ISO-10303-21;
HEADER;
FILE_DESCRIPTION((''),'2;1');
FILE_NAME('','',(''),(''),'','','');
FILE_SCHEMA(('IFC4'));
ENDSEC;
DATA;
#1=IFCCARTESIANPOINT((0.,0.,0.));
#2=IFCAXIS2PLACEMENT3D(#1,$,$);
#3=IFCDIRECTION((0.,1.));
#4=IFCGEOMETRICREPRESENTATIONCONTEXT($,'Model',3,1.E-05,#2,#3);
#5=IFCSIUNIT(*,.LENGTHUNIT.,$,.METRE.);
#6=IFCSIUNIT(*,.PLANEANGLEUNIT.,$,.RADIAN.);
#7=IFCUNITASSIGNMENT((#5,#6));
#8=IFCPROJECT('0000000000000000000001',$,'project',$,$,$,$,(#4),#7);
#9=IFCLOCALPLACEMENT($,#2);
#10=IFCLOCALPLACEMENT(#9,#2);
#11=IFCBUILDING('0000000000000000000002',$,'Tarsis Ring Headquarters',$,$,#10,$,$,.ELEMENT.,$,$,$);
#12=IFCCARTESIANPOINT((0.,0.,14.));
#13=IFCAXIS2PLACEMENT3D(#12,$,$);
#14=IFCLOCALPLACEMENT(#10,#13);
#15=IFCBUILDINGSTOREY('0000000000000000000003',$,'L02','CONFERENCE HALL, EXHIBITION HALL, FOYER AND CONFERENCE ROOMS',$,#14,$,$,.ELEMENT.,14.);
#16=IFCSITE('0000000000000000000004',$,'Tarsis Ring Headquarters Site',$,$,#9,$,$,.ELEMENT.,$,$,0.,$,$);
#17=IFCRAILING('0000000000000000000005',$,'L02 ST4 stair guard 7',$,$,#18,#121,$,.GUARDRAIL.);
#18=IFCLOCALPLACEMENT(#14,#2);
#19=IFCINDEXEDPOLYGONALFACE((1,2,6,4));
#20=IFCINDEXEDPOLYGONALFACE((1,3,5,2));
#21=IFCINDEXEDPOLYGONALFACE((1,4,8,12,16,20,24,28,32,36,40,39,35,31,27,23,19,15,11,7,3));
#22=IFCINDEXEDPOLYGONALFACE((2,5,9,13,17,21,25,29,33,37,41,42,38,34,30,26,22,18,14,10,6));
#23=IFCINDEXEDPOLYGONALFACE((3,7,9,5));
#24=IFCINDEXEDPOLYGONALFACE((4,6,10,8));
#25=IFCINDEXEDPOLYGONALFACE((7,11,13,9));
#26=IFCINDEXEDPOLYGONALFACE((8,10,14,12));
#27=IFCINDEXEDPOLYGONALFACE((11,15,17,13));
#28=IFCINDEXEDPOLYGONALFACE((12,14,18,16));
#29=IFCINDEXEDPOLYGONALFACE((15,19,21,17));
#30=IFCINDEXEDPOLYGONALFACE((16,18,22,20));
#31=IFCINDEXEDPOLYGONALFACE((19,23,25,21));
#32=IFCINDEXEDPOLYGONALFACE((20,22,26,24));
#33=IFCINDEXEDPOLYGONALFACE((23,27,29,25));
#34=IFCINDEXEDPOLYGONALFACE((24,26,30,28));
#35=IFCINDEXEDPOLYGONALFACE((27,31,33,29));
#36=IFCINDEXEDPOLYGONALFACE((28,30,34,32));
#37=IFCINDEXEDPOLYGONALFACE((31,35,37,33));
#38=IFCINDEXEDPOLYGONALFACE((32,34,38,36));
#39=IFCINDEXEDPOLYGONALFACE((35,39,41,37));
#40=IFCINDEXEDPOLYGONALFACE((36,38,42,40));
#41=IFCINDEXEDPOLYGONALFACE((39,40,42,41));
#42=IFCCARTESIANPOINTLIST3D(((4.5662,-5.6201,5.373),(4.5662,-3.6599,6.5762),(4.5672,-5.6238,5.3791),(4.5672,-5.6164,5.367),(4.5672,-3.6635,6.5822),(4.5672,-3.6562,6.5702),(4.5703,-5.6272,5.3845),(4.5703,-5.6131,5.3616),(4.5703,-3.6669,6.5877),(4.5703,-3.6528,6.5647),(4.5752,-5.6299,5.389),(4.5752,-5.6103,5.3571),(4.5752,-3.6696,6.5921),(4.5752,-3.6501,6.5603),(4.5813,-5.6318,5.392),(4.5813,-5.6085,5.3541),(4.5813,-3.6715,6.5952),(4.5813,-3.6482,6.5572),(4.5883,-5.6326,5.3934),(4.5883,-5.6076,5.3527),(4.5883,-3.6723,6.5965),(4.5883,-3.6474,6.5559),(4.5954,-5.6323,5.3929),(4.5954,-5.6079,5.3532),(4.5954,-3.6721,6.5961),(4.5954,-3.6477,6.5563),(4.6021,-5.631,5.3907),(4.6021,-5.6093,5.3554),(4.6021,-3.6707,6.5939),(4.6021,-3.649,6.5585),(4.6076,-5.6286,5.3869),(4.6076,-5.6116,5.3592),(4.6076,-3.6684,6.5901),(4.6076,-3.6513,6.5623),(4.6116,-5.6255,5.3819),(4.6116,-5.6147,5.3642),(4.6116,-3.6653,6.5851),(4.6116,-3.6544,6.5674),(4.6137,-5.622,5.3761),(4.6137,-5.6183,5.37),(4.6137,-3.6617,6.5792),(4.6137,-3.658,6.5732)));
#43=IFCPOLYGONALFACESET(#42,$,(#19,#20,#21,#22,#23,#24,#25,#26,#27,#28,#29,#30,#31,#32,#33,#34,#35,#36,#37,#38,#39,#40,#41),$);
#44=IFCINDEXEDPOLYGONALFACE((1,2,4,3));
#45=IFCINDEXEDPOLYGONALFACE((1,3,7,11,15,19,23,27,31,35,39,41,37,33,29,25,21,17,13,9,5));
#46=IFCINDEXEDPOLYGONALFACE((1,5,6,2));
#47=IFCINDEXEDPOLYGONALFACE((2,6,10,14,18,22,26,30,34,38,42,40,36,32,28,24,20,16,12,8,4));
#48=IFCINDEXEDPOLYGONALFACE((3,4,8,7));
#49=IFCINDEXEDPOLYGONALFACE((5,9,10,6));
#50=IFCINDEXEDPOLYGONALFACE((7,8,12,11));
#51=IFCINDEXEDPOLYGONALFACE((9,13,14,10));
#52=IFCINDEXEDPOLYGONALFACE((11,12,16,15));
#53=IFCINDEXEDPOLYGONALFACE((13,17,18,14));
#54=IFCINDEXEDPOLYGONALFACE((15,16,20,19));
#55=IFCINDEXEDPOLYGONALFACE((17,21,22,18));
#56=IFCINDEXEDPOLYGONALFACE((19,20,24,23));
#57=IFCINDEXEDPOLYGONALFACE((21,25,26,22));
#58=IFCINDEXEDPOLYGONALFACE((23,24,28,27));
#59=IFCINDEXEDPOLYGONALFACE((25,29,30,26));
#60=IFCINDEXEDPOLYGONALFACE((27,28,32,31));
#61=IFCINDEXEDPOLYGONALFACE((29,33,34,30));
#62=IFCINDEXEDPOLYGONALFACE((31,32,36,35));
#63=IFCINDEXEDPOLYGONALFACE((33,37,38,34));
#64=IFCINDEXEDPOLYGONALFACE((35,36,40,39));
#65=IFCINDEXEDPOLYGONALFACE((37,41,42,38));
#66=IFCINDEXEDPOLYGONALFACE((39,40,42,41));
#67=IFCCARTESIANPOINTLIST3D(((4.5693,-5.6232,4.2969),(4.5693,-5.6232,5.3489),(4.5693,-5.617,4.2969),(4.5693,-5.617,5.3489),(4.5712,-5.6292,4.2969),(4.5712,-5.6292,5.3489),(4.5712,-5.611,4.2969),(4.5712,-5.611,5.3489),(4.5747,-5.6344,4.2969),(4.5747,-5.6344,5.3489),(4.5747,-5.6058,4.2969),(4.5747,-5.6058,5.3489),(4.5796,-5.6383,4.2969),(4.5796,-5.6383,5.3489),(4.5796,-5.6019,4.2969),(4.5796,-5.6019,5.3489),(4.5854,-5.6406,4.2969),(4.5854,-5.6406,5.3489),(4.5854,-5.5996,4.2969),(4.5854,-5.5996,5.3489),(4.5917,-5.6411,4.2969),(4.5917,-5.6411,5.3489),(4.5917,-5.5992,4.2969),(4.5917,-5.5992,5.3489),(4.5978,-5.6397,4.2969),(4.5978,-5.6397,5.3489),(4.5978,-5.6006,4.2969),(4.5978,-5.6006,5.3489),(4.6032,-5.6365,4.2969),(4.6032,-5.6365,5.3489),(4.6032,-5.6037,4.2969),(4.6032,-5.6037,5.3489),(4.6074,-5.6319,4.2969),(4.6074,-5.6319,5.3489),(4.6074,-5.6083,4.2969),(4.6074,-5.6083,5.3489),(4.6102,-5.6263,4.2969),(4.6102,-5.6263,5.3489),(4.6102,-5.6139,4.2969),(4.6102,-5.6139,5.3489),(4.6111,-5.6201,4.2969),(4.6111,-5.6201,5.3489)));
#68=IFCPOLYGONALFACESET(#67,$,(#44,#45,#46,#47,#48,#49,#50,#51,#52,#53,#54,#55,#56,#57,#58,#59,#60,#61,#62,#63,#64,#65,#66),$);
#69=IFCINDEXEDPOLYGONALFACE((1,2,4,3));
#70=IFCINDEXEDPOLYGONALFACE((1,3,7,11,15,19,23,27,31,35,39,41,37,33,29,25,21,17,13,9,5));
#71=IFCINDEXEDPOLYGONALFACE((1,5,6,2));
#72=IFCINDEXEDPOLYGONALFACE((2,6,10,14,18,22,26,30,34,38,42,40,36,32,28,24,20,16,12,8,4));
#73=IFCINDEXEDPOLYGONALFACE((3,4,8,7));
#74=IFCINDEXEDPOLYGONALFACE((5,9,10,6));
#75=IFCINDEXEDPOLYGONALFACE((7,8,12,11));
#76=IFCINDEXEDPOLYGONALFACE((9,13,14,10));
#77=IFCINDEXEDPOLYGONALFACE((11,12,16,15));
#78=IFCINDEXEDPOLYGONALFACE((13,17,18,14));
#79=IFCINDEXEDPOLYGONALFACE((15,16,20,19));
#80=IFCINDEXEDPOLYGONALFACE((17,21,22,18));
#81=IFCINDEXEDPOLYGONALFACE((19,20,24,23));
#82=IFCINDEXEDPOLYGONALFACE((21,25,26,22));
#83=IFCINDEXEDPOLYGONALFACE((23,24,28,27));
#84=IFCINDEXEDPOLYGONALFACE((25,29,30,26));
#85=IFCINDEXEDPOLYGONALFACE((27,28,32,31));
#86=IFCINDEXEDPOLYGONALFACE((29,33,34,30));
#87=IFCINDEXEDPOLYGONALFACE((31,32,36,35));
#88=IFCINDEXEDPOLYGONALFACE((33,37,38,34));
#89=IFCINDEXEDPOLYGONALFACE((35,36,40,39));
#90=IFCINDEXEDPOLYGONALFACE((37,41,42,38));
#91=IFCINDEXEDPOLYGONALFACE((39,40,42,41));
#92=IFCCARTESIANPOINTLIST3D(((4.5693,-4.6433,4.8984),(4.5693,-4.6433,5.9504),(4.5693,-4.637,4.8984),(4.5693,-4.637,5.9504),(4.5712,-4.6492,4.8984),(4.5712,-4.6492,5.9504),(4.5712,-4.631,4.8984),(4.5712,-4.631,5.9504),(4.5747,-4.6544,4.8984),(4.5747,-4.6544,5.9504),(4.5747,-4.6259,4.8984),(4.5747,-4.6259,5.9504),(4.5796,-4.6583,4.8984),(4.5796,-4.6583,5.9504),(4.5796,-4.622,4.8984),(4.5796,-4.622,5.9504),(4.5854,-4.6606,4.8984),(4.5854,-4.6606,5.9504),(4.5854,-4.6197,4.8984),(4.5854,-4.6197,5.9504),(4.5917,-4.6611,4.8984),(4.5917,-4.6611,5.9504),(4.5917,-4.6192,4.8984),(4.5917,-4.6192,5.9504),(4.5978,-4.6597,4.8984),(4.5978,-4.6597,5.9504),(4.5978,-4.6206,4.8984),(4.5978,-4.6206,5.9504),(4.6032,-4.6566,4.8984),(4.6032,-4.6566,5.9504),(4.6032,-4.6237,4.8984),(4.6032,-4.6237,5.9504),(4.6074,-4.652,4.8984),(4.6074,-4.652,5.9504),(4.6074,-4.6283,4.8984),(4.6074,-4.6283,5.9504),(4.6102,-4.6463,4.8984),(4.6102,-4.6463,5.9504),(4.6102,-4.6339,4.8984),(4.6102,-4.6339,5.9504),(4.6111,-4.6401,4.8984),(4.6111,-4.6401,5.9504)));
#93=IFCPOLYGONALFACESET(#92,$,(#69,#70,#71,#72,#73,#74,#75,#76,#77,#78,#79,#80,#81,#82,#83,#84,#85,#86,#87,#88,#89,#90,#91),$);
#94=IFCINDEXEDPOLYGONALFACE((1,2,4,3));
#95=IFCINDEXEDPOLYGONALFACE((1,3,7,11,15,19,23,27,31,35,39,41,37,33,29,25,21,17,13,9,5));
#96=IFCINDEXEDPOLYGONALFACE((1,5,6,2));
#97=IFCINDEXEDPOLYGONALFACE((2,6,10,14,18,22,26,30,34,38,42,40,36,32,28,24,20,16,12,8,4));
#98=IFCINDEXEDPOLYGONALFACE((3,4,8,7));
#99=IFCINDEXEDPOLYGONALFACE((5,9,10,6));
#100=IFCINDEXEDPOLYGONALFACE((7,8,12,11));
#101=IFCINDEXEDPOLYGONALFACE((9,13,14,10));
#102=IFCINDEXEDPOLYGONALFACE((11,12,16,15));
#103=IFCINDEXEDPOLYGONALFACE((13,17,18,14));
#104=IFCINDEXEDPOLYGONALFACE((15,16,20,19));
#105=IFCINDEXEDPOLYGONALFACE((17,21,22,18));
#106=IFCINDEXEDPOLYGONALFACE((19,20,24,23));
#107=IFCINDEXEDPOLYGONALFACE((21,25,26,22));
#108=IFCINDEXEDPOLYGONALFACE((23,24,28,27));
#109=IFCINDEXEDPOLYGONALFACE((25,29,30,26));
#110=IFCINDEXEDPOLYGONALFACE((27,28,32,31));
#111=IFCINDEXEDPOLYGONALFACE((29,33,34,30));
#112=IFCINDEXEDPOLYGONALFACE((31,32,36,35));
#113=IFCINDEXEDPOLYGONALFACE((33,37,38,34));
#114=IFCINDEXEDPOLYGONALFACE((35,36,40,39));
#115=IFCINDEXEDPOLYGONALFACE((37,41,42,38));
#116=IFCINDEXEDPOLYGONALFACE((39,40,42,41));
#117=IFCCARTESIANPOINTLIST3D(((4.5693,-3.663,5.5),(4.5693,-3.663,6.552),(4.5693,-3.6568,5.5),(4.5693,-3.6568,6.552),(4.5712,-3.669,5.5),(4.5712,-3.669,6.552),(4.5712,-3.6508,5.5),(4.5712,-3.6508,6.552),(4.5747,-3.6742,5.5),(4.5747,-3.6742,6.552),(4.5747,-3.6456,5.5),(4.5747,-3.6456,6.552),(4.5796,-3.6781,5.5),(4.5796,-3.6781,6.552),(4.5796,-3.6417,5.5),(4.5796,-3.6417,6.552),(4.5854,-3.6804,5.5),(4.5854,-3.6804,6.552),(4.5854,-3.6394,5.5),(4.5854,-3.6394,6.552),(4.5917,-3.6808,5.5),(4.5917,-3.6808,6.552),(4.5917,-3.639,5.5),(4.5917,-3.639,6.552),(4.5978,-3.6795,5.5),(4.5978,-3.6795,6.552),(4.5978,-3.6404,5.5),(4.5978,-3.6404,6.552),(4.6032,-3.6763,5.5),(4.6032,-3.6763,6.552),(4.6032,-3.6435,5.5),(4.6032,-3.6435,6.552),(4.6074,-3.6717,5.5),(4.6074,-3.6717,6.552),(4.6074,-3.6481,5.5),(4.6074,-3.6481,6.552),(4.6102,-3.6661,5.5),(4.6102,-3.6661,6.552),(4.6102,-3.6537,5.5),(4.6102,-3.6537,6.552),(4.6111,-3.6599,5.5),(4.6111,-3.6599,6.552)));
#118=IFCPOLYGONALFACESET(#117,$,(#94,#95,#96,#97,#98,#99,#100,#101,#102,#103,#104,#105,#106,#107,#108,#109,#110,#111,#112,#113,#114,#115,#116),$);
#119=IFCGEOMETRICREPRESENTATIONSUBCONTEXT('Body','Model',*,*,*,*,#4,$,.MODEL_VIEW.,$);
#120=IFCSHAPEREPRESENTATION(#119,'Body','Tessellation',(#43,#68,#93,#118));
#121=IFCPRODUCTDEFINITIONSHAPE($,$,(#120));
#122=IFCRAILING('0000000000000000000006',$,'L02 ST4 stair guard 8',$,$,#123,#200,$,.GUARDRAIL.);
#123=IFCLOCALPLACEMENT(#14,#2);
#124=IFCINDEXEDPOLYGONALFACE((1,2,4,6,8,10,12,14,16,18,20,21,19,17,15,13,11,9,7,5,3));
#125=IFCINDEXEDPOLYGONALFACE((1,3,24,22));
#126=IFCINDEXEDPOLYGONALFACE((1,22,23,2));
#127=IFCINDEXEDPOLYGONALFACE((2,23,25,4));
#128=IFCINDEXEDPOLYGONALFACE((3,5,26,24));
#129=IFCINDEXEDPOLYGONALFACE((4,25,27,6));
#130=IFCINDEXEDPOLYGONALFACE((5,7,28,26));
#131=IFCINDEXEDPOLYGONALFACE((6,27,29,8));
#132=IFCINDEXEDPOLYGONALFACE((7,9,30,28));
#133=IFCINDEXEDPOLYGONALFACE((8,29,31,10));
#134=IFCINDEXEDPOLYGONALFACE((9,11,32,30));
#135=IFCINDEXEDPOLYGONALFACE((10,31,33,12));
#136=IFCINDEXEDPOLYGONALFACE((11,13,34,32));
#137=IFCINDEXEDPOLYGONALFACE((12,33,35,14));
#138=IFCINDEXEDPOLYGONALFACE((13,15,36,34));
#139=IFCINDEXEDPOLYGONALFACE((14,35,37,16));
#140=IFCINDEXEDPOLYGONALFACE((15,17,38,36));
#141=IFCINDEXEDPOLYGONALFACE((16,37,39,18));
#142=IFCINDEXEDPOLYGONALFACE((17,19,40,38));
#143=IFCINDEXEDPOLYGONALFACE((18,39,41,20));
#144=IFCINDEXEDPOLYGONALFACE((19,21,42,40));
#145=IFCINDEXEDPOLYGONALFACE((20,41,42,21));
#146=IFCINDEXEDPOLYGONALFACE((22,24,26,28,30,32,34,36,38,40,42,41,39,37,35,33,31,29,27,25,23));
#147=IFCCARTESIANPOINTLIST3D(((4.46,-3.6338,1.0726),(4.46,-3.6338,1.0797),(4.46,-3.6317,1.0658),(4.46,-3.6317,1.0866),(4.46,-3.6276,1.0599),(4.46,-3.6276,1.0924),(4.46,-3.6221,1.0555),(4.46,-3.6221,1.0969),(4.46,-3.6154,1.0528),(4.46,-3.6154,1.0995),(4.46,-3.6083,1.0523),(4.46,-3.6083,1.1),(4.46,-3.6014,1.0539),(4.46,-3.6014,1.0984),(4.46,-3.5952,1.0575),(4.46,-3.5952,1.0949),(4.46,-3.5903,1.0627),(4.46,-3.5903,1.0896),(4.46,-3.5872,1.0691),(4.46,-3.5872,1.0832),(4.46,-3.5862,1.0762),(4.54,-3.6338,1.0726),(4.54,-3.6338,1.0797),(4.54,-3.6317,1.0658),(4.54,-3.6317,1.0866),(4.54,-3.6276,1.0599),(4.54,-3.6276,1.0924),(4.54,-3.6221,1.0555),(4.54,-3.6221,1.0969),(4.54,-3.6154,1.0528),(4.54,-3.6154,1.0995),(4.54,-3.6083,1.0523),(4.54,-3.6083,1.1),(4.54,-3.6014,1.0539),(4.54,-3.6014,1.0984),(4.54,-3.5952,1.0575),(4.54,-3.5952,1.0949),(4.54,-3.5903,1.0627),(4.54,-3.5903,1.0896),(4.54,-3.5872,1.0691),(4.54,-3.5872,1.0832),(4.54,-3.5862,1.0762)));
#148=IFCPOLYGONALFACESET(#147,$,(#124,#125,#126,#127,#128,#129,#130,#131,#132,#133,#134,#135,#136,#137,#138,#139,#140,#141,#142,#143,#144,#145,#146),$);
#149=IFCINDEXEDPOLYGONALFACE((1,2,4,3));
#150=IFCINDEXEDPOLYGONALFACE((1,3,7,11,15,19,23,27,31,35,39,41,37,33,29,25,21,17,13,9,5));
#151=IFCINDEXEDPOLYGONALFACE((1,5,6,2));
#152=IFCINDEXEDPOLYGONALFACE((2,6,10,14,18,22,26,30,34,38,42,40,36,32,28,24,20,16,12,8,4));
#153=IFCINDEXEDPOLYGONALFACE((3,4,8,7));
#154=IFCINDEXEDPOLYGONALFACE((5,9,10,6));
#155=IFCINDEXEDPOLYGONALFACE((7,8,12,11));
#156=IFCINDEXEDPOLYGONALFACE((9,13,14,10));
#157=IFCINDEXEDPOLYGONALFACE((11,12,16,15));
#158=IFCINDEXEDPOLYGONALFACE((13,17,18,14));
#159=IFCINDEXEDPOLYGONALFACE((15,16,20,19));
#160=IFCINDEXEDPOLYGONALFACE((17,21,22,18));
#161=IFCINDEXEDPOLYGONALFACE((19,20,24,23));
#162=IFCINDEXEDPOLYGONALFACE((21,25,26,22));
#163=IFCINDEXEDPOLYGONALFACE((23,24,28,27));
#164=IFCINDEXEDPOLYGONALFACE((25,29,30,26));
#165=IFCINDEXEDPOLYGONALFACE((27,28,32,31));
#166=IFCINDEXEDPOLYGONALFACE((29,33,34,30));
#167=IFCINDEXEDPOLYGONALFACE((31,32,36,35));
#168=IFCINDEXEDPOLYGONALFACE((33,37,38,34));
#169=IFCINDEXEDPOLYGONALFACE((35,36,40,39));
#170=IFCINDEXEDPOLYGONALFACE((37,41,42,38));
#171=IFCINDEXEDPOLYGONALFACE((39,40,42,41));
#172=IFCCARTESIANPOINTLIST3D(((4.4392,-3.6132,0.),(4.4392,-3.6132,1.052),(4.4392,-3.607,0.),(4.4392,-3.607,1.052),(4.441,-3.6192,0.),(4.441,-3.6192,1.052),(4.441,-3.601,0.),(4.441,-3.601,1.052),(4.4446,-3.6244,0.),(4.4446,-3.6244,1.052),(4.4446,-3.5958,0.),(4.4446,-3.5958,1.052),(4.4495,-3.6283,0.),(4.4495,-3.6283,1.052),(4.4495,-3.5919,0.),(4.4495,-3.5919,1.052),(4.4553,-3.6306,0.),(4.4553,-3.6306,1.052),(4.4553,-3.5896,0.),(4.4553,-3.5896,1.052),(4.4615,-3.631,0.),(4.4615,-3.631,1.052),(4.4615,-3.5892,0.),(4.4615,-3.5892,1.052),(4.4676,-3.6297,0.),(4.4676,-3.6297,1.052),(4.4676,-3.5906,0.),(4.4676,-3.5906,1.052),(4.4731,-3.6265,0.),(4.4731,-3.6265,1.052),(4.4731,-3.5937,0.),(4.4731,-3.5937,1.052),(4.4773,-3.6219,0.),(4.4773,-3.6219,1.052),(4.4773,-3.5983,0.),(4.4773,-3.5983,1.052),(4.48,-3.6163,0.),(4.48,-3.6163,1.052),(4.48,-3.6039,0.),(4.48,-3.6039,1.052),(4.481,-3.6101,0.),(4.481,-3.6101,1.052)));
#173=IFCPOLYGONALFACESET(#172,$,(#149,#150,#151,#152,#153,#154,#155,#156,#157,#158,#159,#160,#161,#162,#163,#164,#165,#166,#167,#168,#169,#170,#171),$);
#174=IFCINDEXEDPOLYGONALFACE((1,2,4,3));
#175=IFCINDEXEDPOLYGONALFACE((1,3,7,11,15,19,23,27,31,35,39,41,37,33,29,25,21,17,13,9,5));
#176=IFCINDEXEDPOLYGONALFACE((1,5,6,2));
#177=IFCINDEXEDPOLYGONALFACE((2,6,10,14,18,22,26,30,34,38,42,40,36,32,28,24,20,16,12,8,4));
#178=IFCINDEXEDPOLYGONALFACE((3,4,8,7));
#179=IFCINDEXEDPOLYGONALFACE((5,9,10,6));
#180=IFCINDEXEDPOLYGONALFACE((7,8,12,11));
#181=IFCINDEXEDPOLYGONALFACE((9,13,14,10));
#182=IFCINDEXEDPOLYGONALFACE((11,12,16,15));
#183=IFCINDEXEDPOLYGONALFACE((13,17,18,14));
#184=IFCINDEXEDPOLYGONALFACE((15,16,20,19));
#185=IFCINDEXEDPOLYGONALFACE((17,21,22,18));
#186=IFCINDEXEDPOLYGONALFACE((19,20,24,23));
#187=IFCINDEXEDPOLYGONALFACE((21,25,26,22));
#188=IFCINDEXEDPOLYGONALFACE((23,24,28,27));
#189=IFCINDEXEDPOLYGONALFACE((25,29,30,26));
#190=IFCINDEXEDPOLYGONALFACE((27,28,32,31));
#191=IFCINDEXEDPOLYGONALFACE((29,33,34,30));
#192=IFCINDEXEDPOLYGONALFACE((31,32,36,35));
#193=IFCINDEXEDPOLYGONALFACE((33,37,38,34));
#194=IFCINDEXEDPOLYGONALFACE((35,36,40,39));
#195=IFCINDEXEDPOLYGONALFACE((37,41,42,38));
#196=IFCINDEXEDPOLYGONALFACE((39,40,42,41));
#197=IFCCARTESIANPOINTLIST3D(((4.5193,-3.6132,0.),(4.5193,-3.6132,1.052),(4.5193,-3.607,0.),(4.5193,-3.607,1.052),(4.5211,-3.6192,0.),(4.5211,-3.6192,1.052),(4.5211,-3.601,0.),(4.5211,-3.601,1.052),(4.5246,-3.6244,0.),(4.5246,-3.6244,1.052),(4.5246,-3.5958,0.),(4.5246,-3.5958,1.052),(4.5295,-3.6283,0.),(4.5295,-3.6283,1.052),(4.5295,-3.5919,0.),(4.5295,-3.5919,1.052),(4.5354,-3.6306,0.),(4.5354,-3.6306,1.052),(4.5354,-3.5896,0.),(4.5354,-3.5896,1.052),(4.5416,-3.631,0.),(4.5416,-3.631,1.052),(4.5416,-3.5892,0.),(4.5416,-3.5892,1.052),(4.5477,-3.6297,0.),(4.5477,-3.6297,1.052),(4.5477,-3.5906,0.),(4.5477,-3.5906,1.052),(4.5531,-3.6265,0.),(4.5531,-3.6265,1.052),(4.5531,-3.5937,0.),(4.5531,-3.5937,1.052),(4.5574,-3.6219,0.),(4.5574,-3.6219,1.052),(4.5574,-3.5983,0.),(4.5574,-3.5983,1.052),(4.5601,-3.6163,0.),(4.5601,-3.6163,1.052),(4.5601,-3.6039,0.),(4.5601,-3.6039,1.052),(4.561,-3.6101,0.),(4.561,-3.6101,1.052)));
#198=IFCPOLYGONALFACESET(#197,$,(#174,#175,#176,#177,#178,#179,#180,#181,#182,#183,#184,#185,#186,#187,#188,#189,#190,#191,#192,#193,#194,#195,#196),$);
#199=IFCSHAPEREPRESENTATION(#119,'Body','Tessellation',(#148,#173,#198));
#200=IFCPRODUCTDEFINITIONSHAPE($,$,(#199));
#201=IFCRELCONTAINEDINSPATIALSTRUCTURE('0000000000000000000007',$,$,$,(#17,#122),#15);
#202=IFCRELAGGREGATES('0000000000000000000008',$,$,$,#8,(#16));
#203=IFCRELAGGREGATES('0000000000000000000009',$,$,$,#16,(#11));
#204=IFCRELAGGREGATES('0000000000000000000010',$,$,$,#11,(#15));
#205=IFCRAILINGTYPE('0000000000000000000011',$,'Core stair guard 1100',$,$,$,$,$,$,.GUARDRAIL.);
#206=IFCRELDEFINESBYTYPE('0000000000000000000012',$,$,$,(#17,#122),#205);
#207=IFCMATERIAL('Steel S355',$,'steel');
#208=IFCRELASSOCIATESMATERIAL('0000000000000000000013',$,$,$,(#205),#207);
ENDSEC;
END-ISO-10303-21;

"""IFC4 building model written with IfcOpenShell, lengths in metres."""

from ifc_helpers import new_model, si_unit, direction, frame, origin, origin_2d, place, context, subcontext, project, spatial, circle, extrude, material, type_object, element, save


model = new_model("IFC4")

# Units and contexts
model_context = context("Model", 3, precision=1e-05, world=origin(), true_north=direction((0.0, 1.0)))
body_context = subcontext(model_context, "Body", "Model", "MODEL_VIEW")
ifc_project = project(units=[si_unit("LENGTHUNIT", "METRE"), si_unit("PLANEANGLEUNIT", "RADIAN")], contexts=[model_context])

# Site, building, storey
site_placement = place(None, origin())
site = spatial("IfcSite", under=ifc_project, at=site_placement, Name="Tarsis Ring Headquarters Site", CompositionType="ELEMENT", RefElevation=0.0)
building_placement = place(site_placement, origin())
building = spatial("IfcBuilding", under=site, at=building_placement, Name="Tarsis Ring Headquarters", CompositionType="ELEMENT")
storey_placement = place(building_placement, frame((0.0, 0.0, 14.0)))
storey = spatial("IfcBuildingStorey", under=building, at=storey_placement, Name="L02", Description="CONFERENCE HALL, EXHIBITION HALL, FOYER AND CONFERENCE ROOMS", CompositionType="ELEMENT", Elevation=14.0)

# Railings
ifc_material_1 = material(Name="Steel S355", Category="steel")
railing_type_1 = type_object("IfcRailingType", Name="Core stair guard 1100", PredefinedType="GUARDRAIL", material=ifc_material_1)
railing_1_placement = place(storey_placement, frame((4.5901, -5.6201, 4.2969)))
element("IfcRailing", 1, at=railing_1_placement, inside=storey, type_object=railing_type_1, Name="L02 ST4 stair guard 7", PredefinedType="GUARDRAIL", context=body_context, shape_type="SweptSolid", body=[
    extrude(circle(Radius=0.0239, at=origin_2d()), frame((0.0, 0.0, 1.0762), z_axis=(0.0, 0.85227, 0.523102), x_axis=(-1.0, 0.0, 0.0)), (0.0, 0.0, 1.0), 2.3),
    extrude(circle(Radius=0.021, at=origin_2d()), origin(), (0.0, 0.0, 1.0), 1.052),
    extrude(circle(Radius=0.021, at=origin_2d()), frame((0.0, 0.98, 0.6016)), (0.0, 0.0, 1.0), 1.052),
    extrude(circle(Radius=0.021, at=origin_2d()), frame((0.0, 1.9602, 1.2031)), (0.0, 0.0, 1.0), 1.052),
])
railing_2_placement = place(storey_placement, frame((4.46, -3.6101, 0.0)))
element("IfcRailing", 2, at=railing_2_placement, inside=storey, type_object=railing_type_1, Name="L02 ST4 stair guard 8", PredefinedType="GUARDRAIL", context=body_context, shape_type="SweptSolid", body=[
    extrude(circle(Radius=0.0239, at=origin_2d()), frame((0.0, 0.0, 1.0762), z_axis=(1.0, 0.0, 0.0), x_axis=(0.0, 1.0, 0.0)), (0.0, 0.0, 1.0), 0.0801),
    extrude(circle(Radius=0.021, at=origin_2d()), origin(), (0.0, 0.0, 1.0), 1.052),
    extrude(circle(Radius=0.021, at=origin_2d()), frame((0.0801, 0.0, 0.0)), (0.0, 0.0, 1.0), 1.052),
])

save(model, "model.ifc")
